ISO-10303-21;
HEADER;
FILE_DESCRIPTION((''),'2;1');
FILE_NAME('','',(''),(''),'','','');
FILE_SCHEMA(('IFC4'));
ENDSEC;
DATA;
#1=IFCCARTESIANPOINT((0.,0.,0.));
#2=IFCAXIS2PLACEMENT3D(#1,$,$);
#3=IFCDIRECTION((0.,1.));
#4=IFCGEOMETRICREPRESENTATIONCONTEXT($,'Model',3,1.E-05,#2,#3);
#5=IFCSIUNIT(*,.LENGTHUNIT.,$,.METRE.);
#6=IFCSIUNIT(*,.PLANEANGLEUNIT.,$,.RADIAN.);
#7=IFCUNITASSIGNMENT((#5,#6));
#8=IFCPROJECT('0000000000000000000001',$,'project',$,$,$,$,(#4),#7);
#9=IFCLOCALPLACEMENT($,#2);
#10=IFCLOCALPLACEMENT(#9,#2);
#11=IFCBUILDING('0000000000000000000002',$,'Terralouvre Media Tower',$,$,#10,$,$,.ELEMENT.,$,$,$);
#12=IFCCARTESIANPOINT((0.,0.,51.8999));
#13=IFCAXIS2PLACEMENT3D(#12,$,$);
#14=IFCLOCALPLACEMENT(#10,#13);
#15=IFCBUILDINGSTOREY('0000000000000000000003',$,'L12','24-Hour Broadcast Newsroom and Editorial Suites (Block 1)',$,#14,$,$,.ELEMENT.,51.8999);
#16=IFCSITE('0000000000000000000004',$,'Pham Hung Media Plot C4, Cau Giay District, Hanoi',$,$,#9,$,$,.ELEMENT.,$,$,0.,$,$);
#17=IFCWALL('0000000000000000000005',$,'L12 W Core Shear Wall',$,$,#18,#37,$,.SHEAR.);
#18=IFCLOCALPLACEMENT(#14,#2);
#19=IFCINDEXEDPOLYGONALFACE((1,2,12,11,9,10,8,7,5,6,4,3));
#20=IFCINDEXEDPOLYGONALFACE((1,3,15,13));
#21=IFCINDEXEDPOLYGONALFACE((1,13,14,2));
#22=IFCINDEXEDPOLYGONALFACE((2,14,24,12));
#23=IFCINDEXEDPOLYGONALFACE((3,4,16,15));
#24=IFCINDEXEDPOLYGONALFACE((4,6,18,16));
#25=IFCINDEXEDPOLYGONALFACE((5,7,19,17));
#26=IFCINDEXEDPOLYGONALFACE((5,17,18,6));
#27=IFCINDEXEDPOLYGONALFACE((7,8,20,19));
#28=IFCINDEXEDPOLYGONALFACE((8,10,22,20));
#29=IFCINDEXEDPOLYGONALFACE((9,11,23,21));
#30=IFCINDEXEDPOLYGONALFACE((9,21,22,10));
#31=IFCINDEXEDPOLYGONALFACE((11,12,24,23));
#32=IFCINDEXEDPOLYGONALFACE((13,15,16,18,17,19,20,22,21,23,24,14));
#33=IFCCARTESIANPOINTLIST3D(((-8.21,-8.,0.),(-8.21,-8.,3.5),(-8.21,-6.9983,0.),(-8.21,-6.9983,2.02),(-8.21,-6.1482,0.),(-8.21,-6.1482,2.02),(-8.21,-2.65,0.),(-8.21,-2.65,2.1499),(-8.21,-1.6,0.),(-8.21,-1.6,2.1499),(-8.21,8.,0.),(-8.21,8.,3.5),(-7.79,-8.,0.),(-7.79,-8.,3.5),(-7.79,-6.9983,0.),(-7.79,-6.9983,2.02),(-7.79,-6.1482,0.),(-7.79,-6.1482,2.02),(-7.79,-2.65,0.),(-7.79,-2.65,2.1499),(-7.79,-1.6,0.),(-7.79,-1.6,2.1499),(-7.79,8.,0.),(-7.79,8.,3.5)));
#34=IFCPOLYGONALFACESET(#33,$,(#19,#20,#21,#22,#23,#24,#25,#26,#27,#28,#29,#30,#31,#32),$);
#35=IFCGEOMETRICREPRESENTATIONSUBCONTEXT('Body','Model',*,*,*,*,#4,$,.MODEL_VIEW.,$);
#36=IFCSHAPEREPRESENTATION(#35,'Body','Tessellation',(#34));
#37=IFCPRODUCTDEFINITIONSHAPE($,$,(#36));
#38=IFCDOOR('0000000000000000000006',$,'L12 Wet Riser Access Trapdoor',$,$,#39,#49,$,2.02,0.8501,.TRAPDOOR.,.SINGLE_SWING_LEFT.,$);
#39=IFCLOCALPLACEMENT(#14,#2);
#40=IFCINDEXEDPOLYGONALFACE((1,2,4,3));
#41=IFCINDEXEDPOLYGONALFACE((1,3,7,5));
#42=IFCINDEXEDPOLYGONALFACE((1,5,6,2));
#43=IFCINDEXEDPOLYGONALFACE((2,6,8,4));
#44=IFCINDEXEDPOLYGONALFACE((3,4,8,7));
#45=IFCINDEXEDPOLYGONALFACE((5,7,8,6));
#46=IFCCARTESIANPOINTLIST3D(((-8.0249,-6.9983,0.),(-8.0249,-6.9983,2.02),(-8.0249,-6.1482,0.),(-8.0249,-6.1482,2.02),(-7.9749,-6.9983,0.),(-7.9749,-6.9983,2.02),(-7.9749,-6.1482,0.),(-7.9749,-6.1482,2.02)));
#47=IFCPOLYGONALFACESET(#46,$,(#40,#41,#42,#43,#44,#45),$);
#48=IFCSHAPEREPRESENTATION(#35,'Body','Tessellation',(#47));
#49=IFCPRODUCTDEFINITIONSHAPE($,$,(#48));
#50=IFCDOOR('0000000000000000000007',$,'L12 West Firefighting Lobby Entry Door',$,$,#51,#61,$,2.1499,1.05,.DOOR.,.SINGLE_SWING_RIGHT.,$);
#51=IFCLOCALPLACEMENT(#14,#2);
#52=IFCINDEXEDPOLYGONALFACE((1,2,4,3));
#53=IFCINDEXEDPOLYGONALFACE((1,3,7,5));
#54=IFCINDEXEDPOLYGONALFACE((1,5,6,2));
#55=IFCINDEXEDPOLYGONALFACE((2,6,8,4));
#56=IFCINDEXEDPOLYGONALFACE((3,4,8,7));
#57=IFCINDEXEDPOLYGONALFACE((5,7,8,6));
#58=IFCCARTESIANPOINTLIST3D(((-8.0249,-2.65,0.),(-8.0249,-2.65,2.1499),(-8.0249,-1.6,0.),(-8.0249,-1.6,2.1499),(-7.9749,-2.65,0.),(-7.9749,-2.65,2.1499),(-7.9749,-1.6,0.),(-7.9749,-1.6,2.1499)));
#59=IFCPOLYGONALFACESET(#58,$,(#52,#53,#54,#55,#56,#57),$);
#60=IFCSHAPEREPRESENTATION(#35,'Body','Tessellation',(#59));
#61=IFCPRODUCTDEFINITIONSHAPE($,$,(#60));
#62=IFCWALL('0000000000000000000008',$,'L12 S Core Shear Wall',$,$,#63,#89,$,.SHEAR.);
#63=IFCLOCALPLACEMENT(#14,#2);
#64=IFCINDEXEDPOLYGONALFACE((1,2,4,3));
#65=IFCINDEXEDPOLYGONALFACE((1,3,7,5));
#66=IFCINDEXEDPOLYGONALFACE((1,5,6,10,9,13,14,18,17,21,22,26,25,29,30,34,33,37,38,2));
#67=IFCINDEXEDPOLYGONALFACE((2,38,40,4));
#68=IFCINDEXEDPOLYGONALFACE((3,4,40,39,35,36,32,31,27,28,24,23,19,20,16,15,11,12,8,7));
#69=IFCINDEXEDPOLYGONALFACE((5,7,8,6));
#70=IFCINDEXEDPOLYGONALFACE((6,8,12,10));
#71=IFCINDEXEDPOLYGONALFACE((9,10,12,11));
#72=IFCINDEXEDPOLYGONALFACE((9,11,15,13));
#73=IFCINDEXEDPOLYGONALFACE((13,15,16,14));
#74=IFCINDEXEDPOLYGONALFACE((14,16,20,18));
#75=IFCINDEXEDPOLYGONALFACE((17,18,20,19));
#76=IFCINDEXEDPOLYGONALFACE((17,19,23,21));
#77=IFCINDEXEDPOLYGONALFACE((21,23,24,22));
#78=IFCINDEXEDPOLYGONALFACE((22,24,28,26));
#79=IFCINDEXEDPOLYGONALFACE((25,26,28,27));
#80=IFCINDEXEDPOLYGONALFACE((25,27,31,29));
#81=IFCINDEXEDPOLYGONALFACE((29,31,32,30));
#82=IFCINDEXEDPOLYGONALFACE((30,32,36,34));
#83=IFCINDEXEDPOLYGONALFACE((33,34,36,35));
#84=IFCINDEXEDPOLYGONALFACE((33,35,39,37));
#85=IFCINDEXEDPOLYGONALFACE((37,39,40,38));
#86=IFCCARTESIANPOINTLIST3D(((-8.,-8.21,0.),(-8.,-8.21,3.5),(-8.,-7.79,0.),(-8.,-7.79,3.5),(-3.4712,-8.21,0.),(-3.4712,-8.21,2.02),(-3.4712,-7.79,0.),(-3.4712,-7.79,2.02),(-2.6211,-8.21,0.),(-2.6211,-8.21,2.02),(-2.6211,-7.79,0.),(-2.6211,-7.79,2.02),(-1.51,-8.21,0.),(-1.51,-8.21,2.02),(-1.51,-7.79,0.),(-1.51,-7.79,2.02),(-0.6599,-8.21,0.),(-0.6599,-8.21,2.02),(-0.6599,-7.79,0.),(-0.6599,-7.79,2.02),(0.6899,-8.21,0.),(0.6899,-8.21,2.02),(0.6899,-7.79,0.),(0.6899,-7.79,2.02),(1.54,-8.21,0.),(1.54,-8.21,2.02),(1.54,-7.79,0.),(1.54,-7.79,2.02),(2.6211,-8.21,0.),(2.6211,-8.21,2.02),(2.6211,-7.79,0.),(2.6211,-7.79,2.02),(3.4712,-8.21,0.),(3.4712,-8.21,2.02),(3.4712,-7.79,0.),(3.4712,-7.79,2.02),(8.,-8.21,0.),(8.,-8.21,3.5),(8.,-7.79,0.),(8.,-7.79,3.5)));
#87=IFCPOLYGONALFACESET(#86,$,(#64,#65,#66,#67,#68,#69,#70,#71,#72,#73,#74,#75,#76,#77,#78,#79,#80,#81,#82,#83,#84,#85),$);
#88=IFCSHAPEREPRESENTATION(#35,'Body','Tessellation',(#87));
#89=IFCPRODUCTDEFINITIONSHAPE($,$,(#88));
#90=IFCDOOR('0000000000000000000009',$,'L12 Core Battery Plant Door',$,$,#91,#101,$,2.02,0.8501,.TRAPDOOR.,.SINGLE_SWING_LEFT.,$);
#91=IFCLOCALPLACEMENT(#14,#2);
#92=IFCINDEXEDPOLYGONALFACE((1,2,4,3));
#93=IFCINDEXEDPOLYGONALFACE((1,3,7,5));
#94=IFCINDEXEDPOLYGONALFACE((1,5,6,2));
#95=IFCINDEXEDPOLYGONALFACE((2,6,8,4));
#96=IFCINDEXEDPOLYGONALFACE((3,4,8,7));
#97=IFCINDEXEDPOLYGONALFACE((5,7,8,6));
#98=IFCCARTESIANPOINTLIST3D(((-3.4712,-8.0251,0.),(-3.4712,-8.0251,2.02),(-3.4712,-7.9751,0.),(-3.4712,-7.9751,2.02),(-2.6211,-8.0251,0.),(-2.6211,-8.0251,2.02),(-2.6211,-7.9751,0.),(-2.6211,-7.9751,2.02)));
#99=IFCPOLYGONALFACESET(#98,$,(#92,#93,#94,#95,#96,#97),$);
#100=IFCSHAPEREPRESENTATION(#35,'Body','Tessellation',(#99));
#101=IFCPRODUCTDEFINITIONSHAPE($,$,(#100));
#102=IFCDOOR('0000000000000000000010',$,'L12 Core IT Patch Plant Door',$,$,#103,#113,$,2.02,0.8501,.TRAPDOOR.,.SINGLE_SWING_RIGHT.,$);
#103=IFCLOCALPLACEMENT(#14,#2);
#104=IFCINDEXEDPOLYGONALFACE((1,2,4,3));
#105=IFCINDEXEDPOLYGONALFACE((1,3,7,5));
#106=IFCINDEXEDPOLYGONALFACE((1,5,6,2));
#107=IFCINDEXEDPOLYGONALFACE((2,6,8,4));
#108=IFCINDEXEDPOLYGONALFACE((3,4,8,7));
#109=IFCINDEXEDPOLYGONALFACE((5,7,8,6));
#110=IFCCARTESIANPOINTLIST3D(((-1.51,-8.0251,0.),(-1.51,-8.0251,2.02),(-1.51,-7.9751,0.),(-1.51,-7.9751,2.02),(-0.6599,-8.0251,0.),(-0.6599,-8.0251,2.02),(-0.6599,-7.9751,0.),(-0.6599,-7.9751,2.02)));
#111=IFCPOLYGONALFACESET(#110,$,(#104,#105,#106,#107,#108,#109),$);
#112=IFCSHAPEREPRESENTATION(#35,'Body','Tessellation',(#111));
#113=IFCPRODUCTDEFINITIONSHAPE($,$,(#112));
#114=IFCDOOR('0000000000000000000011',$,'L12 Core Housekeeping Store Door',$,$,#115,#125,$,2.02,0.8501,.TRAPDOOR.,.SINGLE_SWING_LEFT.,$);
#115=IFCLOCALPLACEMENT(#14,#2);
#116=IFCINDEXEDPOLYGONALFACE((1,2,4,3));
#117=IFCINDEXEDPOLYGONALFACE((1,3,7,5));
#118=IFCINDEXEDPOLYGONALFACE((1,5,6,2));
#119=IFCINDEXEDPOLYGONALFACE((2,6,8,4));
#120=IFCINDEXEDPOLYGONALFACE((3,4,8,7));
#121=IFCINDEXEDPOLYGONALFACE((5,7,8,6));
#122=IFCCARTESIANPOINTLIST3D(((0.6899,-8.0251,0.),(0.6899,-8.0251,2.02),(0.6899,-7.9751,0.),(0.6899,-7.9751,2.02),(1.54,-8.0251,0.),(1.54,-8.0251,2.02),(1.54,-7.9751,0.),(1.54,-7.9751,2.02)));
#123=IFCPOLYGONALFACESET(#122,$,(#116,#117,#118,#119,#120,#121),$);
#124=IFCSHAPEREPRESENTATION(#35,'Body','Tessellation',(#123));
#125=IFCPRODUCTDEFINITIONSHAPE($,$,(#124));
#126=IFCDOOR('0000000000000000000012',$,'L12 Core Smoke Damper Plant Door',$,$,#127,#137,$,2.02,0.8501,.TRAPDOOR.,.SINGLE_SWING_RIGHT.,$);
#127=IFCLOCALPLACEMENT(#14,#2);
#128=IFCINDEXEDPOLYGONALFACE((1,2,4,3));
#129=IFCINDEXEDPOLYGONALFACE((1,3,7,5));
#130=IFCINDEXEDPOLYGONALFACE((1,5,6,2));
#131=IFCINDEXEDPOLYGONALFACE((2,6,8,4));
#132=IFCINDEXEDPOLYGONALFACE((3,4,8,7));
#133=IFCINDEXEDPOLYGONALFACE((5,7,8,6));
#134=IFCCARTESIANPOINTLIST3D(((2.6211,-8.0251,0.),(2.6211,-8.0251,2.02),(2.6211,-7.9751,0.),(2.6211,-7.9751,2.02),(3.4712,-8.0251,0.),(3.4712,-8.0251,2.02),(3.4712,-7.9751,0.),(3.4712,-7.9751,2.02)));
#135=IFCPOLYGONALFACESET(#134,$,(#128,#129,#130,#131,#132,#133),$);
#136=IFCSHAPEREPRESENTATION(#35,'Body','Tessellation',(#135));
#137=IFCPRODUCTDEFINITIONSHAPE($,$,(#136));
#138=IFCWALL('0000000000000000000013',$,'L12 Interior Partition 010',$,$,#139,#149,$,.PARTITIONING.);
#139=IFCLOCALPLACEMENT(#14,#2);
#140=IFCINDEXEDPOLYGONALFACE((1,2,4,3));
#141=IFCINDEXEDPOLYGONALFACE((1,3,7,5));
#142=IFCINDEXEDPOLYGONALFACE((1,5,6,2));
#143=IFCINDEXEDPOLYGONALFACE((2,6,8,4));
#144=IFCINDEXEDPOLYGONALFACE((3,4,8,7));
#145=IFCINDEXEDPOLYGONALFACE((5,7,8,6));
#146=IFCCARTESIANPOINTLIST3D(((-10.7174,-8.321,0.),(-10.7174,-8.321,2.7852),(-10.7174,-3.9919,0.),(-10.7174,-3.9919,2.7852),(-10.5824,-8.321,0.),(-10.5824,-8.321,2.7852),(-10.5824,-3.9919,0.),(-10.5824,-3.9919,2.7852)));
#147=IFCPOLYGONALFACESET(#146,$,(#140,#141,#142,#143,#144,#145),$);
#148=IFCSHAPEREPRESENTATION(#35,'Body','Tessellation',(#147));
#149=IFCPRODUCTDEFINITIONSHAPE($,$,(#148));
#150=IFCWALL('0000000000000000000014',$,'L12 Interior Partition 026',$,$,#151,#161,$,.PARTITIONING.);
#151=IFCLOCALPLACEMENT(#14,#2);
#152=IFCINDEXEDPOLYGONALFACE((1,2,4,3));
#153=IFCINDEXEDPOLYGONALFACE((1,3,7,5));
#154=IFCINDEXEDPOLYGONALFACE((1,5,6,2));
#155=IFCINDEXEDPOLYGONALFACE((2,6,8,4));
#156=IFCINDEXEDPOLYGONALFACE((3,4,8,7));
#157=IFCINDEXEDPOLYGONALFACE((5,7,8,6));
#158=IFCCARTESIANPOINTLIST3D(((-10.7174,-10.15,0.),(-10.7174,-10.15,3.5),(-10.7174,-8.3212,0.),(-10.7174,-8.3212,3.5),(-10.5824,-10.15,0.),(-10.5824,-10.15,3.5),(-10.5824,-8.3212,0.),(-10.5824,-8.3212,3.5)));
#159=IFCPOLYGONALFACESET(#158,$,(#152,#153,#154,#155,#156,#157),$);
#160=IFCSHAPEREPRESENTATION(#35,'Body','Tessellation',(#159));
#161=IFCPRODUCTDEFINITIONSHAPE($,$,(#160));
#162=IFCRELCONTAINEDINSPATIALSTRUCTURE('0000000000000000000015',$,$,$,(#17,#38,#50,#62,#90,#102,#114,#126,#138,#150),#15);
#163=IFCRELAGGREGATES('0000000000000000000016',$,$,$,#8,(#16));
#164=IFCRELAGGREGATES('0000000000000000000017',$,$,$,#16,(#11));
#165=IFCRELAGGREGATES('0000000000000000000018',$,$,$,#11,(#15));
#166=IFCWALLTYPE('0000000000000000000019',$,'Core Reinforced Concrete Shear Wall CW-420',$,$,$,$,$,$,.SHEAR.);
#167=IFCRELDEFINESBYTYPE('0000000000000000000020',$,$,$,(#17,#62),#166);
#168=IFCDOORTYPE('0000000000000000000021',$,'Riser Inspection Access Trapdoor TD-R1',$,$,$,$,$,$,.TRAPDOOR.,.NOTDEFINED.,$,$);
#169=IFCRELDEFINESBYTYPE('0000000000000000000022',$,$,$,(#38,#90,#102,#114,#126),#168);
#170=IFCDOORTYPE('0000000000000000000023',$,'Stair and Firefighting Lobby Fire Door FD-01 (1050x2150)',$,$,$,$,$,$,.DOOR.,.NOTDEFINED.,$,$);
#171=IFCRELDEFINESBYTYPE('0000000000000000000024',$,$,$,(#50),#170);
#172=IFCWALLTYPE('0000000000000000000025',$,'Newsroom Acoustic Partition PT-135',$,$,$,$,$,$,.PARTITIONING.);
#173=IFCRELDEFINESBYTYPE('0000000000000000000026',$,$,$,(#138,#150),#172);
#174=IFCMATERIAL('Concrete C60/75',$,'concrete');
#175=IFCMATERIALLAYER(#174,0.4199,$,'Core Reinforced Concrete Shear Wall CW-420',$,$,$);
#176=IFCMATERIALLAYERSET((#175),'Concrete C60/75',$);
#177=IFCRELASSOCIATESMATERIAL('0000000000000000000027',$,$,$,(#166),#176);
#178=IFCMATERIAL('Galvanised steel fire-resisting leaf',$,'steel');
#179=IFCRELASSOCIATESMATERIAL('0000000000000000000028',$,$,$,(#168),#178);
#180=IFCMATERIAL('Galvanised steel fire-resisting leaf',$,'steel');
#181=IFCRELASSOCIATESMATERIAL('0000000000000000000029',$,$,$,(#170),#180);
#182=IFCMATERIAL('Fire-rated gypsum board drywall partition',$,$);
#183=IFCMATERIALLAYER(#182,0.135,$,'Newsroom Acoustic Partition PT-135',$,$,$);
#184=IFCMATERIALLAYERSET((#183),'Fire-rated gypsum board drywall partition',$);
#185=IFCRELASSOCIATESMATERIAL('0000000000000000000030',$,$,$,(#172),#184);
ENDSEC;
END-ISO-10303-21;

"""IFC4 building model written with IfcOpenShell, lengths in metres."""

from ifc_helpers import new_model, si_unit, direction, frame, frame_2d, origin, place, context, subcontext, project, spatial, rectangle, extrude, material, layer, layer_set, type_object, element, fill, save


model = new_model("IFC4")

# Units and contexts
model_context = context("Model", 3, precision=1e-05, world=origin(), true_north=direction((0.0, 1.0)))
body_context = subcontext(model_context, "Body", "Model", "MODEL_VIEW")
ifc_project = project(units=[si_unit("LENGTHUNIT", "METRE"), si_unit("PLANEANGLEUNIT", "RADIAN")], contexts=[model_context])

# Site, building, storey
site_placement = place(None, origin())
site = spatial("IfcSite", under=ifc_project, at=site_placement, Name="Pham Hung Media Plot C4, Cau Giay District, Hanoi", CompositionType="ELEMENT", RefElevation=0.0)
building_placement = place(site_placement, origin())
building = spatial("IfcBuilding", under=site, at=building_placement, Name="Terralouvre Media Tower", CompositionType="ELEMENT")
storey_placement = place(building_placement, frame((0.0, 0.0, 51.8999)))
storey = spatial("IfcBuildingStorey", under=building, at=storey_placement, Name="L12", Description="24-Hour Broadcast Newsroom and Editorial Suites (Block 1)", CompositionType="ELEMENT", Elevation=51.8999)

# Walls, openings, doors
ifc_material_1 = material(Name="Concrete C60/75", Category="concrete")
ifc_layer_1 = layer(ifc_material_1, 0.4199, Name="Core Reinforced Concrete Shear Wall CW-420")
ifc_layer_set_1 = layer_set([ifc_layer_1], Name="Concrete C60/75")
wall_type_1 = type_object("IfcWallType", Name="Core Reinforced Concrete Shear Wall CW-420", PredefinedType="SHEAR", material=ifc_layer_set_1)
wall_1_placement = place(storey_placement, frame((-8.0, -8.0, 0.0), z_axis=(0.0, 0.0, 1.0), x_axis=(0.0, 1.0, 0.0)))
wall_1 = element("IfcWall", 1, at=wall_1_placement, inside=storey, type_object=wall_type_1, Name="L12 W Core Shear Wall", PredefinedType="SHEAR", context=body_context, shape_type="SweptSolid", body=[
    extrude(rectangle(XDim=16.0, YDim=0.4199, at=frame_2d((8.0, 0.0))), origin(), (0.0, 0.0, 1.0), 3.5),
])
opening_1_placement = place(wall_1_placement, frame((1.0017, 0.0, 0.0)))
opening_1 = element("IfcOpeningElement", 2, at=opening_1_placement, cuts=wall_1, PredefinedType="OPENING", context=body_context, shape_type="SweptSolid", body=[
    extrude(rectangle(XDim=0.8501, YDim=2.02, at=frame_2d((0.425, 1.01))), frame((0.0, 0.22, 0.0), z_axis=(0.0, -1.0, 0.0), x_axis=(1.0, 0.0, 0.0)), (0.0, 0.0, 1.0), 0.4399),
])
opening_2_placement = place(wall_1_placement, frame((5.3501, 0.0, 0.0)))
opening_2 = element("IfcOpeningElement", 3, at=opening_2_placement, cuts=wall_1, PredefinedType="OPENING", context=body_context, shape_type="SweptSolid", body=[
    extrude(rectangle(XDim=1.05, YDim=2.1499, at=frame_2d((0.5249, 1.075))), frame((0.0, 0.22, 0.0), z_axis=(0.0, -1.0, 0.0), x_axis=(1.0, 0.0, 0.0)), (0.0, 0.0, 1.0), 0.4399),
])
ifc_material_2 = material(Name="Galvanised steel fire-resisting leaf", Category="steel")
door_type_1 = type_object("IfcDoorType", Name="Riser Inspection Access Trapdoor TD-R1", OperationType="NOTDEFINED", PredefinedType="TRAPDOOR", material=ifc_material_2)
door_1_placement = place(opening_1_placement, origin())
door_1 = element("IfcDoor", 4, at=door_1_placement, inside=storey, type_object=door_type_1, Name="L12 Wet Riser Access Trapdoor", OperationType="SINGLE_SWING_LEFT", OverallHeight=2.02, OverallWidth=0.8501, PredefinedType="TRAPDOOR", context=body_context, shape_type="SweptSolid", body=[
    extrude(rectangle(XDim=0.8501, YDim=2.02, at=frame_2d((0.425, 1.01))), frame((0.0, 0.0249, 0.0), z_axis=(0.0, -1.0, 0.0), x_axis=(1.0, 0.0, 0.0)), (0.0, 0.0, 1.0), 0.05),
])
fill(opening_1, door_1)
ifc_material_3 = material(Name="Galvanised steel fire-resisting leaf", Category="steel")
door_type_2 = type_object("IfcDoorType", Name="Stair and Firefighting Lobby Fire Door FD-01 (1050x2150)", OperationType="NOTDEFINED", PredefinedType="DOOR", material=ifc_material_3)
door_2_placement = place(opening_2_placement, origin())
door_2 = element("IfcDoor", 5, at=door_2_placement, inside=storey, type_object=door_type_2, Name="L12 West Firefighting Lobby Entry Door", OperationType="SINGLE_SWING_RIGHT", OverallHeight=2.1499, OverallWidth=1.05, PredefinedType="DOOR", context=body_context, shape_type="SweptSolid", body=[
    extrude(rectangle(XDim=1.05, YDim=2.1499, at=frame_2d((0.5249, 1.075))), frame((0.0, 0.0249, 0.0), z_axis=(0.0, -1.0, 0.0), x_axis=(1.0, 0.0, 0.0)), (0.0, 0.0, 1.0), 0.05),
])
fill(opening_2, door_2)
wall_2_placement = place(storey_placement, frame((-8.0, -8.0, 0.0), z_axis=(0.0, 0.0, 1.0), x_axis=(1.0, 0.0, 0.0)))
wall_2 = element("IfcWall", 6, at=wall_2_placement, inside=storey, type_object=wall_type_1, Name="L12 S Core Shear Wall", PredefinedType="SHEAR", context=body_context, shape_type="SweptSolid", body=[
    extrude(rectangle(XDim=16.0, YDim=0.4199, at=frame_2d((8.0, 0.0))), origin(), (0.0, 0.0, 1.0), 3.5),
])
opening_3_placement = place(wall_2_placement, frame((4.5288, 0.0, 0.0)))
opening_3 = element("IfcOpeningElement", 7, at=opening_3_placement, cuts=wall_2, PredefinedType="OPENING", context=body_context, shape_type="SweptSolid", body=[
    extrude(rectangle(XDim=0.8501, YDim=2.02, at=frame_2d((0.425, 1.01))), frame((0.0, 0.22, 0.0), z_axis=(0.0, -1.0, 0.0), x_axis=(1.0, 0.0, 0.0)), (0.0, 0.0, 1.0), 0.4399),
])
opening_4_placement = place(wall_2_placement, frame((6.49, 0.0, 0.0)))
opening_4 = element("IfcOpeningElement", 8, at=opening_4_placement, cuts=wall_2, PredefinedType="OPENING", context=body_context, shape_type="SweptSolid", body=[
    extrude(rectangle(XDim=0.8501, YDim=2.02, at=frame_2d((0.425, 1.01))), frame((0.0, 0.22, 0.0), z_axis=(0.0, -1.0, 0.0), x_axis=(1.0, 0.0, 0.0)), (0.0, 0.0, 1.0), 0.4399),
])
opening_5_placement = place(wall_2_placement, frame((8.6899, 0.0, 0.0)))
opening_5 = element("IfcOpeningElement", 9, at=opening_5_placement, cuts=wall_2, PredefinedType="OPENING", context=body_context, shape_type="SweptSolid", body=[
    extrude(rectangle(XDim=0.8501, YDim=2.02, at=frame_2d((0.425, 1.01))), frame((0.0, 0.22, 0.0), z_axis=(0.0, -1.0, 0.0), x_axis=(1.0, 0.0, 0.0)), (0.0, 0.0, 1.0), 0.4399),
])
opening_6_placement = place(wall_2_placement, frame((10.6211, 0.0, 0.0)))
opening_6 = element("IfcOpeningElement", 10, at=opening_6_placement, cuts=wall_2, PredefinedType="OPENING", context=body_context, shape_type="SweptSolid", body=[
    extrude(rectangle(XDim=0.8501, YDim=2.02, at=frame_2d((0.425, 1.01))), frame((0.0, 0.22, 0.0), z_axis=(0.0, -1.0, 0.0), x_axis=(1.0, 0.0, 0.0)), (0.0, 0.0, 1.0), 0.4399),
])
door_3_placement = place(opening_3_placement, origin())
door_3 = element("IfcDoor", 11, at=door_3_placement, inside=storey, type_object=door_type_1, Name="L12 Core Battery Plant Door", OperationType="SINGLE_SWING_LEFT", OverallHeight=2.02, OverallWidth=0.8501, PredefinedType="TRAPDOOR", context=body_context, shape_type="SweptSolid", body=[
    extrude(rectangle(XDim=0.8501, YDim=2.02, at=frame_2d((0.425, 1.01))), frame((0.0, 0.0249, 0.0), z_axis=(0.0, -1.0, 0.0), x_axis=(1.0, 0.0, 0.0)), (0.0, 0.0, 1.0), 0.05),
])
fill(opening_3, door_3)
door_4_placement = place(opening_4_placement, origin())
door_4 = element("IfcDoor", 12, at=door_4_placement, inside=storey, type_object=door_type_1, Name="L12 Core IT Patch Plant Door", OperationType="SINGLE_SWING_RIGHT", OverallHeight=2.02, OverallWidth=0.8501, PredefinedType="TRAPDOOR", context=body_context, shape_type="SweptSolid", body=[
    extrude(rectangle(XDim=0.8501, YDim=2.02, at=frame_2d((0.425, 1.01))), frame((0.0, 0.0249, 0.0), z_axis=(0.0, -1.0, 0.0), x_axis=(1.0, 0.0, 0.0)), (0.0, 0.0, 1.0), 0.05),
])
fill(opening_4, door_4)
door_5_placement = place(opening_5_placement, origin())
door_5 = element("IfcDoor", 13, at=door_5_placement, inside=storey, type_object=door_type_1, Name="L12 Core Housekeeping Store Door", OperationType="SINGLE_SWING_LEFT", OverallHeight=2.02, OverallWidth=0.8501, PredefinedType="TRAPDOOR", context=body_context, shape_type="SweptSolid", body=[
    extrude(rectangle(XDim=0.8501, YDim=2.02, at=frame_2d((0.425, 1.01))), frame((0.0, 0.0249, 0.0), z_axis=(0.0, -1.0, 0.0), x_axis=(1.0, 0.0, 0.0)), (0.0, 0.0, 1.0), 0.05),
])
fill(opening_5, door_5)
door_6_placement = place(opening_6_placement, origin())
door_6 = element("IfcDoor", 14, at=door_6_placement, inside=storey, type_object=door_type_1, Name="L12 Core Smoke Damper Plant Door", OperationType="SINGLE_SWING_RIGHT", OverallHeight=2.02, OverallWidth=0.8501, PredefinedType="TRAPDOOR", context=body_context, shape_type="SweptSolid", body=[
    extrude(rectangle(XDim=0.8501, YDim=2.02, at=frame_2d((0.425, 1.01))), frame((0.0, 0.0249, 0.0), z_axis=(0.0, -1.0, 0.0), x_axis=(1.0, 0.0, 0.0)), (0.0, 0.0, 1.0), 0.05),
])
fill(opening_6, door_6)

# Walls
ifc_material_4 = material(Name="Fire-rated gypsum board drywall partition")
ifc_layer_2 = layer(ifc_material_4, 0.135, Name="Newsroom Acoustic Partition PT-135")
ifc_layer_set_2 = layer_set([ifc_layer_2], Name="Fire-rated gypsum board drywall partition")
wall_type_2 = type_object("IfcWallType", Name="Newsroom Acoustic Partition PT-135", PredefinedType="PARTITIONING", material=ifc_layer_set_2)
wall_3_placement = place(storey_placement, frame((-10.6499, -3.9919, 0.0), z_axis=(0.0, 0.0, 1.0), x_axis=(0.0, -1.0, 0.0)))
element("IfcWall", 15, at=wall_3_placement, inside=storey, type_object=wall_type_2, Name="L12 Interior Partition 010", PredefinedType="PARTITIONING", context=body_context, shape_type="SweptSolid", body=[
    extrude(rectangle(XDim=4.3291, YDim=0.135, at=frame_2d((2.1646, 0.0))), origin(), (0.0, 0.0, 1.0), 2.7852),
])
wall_4_placement = place(storey_placement, frame((-10.6499, -8.321, 0.0), z_axis=(0.0, 0.0, 1.0), x_axis=(0.0, -1.0, 0.0)))
element("IfcWall", 16, at=wall_4_placement, inside=storey, type_object=wall_type_2, Name="L12 Interior Partition 026", PredefinedType="PARTITIONING", context=body_context, shape_type="SweptSolid", body=[
    extrude(rectangle(XDim=1.8289, YDim=0.135, at=frame_2d((0.9146, 0.0))), origin(), (0.0, 0.0, 1.0), 3.5),
])

save(model, "model.ifc")
